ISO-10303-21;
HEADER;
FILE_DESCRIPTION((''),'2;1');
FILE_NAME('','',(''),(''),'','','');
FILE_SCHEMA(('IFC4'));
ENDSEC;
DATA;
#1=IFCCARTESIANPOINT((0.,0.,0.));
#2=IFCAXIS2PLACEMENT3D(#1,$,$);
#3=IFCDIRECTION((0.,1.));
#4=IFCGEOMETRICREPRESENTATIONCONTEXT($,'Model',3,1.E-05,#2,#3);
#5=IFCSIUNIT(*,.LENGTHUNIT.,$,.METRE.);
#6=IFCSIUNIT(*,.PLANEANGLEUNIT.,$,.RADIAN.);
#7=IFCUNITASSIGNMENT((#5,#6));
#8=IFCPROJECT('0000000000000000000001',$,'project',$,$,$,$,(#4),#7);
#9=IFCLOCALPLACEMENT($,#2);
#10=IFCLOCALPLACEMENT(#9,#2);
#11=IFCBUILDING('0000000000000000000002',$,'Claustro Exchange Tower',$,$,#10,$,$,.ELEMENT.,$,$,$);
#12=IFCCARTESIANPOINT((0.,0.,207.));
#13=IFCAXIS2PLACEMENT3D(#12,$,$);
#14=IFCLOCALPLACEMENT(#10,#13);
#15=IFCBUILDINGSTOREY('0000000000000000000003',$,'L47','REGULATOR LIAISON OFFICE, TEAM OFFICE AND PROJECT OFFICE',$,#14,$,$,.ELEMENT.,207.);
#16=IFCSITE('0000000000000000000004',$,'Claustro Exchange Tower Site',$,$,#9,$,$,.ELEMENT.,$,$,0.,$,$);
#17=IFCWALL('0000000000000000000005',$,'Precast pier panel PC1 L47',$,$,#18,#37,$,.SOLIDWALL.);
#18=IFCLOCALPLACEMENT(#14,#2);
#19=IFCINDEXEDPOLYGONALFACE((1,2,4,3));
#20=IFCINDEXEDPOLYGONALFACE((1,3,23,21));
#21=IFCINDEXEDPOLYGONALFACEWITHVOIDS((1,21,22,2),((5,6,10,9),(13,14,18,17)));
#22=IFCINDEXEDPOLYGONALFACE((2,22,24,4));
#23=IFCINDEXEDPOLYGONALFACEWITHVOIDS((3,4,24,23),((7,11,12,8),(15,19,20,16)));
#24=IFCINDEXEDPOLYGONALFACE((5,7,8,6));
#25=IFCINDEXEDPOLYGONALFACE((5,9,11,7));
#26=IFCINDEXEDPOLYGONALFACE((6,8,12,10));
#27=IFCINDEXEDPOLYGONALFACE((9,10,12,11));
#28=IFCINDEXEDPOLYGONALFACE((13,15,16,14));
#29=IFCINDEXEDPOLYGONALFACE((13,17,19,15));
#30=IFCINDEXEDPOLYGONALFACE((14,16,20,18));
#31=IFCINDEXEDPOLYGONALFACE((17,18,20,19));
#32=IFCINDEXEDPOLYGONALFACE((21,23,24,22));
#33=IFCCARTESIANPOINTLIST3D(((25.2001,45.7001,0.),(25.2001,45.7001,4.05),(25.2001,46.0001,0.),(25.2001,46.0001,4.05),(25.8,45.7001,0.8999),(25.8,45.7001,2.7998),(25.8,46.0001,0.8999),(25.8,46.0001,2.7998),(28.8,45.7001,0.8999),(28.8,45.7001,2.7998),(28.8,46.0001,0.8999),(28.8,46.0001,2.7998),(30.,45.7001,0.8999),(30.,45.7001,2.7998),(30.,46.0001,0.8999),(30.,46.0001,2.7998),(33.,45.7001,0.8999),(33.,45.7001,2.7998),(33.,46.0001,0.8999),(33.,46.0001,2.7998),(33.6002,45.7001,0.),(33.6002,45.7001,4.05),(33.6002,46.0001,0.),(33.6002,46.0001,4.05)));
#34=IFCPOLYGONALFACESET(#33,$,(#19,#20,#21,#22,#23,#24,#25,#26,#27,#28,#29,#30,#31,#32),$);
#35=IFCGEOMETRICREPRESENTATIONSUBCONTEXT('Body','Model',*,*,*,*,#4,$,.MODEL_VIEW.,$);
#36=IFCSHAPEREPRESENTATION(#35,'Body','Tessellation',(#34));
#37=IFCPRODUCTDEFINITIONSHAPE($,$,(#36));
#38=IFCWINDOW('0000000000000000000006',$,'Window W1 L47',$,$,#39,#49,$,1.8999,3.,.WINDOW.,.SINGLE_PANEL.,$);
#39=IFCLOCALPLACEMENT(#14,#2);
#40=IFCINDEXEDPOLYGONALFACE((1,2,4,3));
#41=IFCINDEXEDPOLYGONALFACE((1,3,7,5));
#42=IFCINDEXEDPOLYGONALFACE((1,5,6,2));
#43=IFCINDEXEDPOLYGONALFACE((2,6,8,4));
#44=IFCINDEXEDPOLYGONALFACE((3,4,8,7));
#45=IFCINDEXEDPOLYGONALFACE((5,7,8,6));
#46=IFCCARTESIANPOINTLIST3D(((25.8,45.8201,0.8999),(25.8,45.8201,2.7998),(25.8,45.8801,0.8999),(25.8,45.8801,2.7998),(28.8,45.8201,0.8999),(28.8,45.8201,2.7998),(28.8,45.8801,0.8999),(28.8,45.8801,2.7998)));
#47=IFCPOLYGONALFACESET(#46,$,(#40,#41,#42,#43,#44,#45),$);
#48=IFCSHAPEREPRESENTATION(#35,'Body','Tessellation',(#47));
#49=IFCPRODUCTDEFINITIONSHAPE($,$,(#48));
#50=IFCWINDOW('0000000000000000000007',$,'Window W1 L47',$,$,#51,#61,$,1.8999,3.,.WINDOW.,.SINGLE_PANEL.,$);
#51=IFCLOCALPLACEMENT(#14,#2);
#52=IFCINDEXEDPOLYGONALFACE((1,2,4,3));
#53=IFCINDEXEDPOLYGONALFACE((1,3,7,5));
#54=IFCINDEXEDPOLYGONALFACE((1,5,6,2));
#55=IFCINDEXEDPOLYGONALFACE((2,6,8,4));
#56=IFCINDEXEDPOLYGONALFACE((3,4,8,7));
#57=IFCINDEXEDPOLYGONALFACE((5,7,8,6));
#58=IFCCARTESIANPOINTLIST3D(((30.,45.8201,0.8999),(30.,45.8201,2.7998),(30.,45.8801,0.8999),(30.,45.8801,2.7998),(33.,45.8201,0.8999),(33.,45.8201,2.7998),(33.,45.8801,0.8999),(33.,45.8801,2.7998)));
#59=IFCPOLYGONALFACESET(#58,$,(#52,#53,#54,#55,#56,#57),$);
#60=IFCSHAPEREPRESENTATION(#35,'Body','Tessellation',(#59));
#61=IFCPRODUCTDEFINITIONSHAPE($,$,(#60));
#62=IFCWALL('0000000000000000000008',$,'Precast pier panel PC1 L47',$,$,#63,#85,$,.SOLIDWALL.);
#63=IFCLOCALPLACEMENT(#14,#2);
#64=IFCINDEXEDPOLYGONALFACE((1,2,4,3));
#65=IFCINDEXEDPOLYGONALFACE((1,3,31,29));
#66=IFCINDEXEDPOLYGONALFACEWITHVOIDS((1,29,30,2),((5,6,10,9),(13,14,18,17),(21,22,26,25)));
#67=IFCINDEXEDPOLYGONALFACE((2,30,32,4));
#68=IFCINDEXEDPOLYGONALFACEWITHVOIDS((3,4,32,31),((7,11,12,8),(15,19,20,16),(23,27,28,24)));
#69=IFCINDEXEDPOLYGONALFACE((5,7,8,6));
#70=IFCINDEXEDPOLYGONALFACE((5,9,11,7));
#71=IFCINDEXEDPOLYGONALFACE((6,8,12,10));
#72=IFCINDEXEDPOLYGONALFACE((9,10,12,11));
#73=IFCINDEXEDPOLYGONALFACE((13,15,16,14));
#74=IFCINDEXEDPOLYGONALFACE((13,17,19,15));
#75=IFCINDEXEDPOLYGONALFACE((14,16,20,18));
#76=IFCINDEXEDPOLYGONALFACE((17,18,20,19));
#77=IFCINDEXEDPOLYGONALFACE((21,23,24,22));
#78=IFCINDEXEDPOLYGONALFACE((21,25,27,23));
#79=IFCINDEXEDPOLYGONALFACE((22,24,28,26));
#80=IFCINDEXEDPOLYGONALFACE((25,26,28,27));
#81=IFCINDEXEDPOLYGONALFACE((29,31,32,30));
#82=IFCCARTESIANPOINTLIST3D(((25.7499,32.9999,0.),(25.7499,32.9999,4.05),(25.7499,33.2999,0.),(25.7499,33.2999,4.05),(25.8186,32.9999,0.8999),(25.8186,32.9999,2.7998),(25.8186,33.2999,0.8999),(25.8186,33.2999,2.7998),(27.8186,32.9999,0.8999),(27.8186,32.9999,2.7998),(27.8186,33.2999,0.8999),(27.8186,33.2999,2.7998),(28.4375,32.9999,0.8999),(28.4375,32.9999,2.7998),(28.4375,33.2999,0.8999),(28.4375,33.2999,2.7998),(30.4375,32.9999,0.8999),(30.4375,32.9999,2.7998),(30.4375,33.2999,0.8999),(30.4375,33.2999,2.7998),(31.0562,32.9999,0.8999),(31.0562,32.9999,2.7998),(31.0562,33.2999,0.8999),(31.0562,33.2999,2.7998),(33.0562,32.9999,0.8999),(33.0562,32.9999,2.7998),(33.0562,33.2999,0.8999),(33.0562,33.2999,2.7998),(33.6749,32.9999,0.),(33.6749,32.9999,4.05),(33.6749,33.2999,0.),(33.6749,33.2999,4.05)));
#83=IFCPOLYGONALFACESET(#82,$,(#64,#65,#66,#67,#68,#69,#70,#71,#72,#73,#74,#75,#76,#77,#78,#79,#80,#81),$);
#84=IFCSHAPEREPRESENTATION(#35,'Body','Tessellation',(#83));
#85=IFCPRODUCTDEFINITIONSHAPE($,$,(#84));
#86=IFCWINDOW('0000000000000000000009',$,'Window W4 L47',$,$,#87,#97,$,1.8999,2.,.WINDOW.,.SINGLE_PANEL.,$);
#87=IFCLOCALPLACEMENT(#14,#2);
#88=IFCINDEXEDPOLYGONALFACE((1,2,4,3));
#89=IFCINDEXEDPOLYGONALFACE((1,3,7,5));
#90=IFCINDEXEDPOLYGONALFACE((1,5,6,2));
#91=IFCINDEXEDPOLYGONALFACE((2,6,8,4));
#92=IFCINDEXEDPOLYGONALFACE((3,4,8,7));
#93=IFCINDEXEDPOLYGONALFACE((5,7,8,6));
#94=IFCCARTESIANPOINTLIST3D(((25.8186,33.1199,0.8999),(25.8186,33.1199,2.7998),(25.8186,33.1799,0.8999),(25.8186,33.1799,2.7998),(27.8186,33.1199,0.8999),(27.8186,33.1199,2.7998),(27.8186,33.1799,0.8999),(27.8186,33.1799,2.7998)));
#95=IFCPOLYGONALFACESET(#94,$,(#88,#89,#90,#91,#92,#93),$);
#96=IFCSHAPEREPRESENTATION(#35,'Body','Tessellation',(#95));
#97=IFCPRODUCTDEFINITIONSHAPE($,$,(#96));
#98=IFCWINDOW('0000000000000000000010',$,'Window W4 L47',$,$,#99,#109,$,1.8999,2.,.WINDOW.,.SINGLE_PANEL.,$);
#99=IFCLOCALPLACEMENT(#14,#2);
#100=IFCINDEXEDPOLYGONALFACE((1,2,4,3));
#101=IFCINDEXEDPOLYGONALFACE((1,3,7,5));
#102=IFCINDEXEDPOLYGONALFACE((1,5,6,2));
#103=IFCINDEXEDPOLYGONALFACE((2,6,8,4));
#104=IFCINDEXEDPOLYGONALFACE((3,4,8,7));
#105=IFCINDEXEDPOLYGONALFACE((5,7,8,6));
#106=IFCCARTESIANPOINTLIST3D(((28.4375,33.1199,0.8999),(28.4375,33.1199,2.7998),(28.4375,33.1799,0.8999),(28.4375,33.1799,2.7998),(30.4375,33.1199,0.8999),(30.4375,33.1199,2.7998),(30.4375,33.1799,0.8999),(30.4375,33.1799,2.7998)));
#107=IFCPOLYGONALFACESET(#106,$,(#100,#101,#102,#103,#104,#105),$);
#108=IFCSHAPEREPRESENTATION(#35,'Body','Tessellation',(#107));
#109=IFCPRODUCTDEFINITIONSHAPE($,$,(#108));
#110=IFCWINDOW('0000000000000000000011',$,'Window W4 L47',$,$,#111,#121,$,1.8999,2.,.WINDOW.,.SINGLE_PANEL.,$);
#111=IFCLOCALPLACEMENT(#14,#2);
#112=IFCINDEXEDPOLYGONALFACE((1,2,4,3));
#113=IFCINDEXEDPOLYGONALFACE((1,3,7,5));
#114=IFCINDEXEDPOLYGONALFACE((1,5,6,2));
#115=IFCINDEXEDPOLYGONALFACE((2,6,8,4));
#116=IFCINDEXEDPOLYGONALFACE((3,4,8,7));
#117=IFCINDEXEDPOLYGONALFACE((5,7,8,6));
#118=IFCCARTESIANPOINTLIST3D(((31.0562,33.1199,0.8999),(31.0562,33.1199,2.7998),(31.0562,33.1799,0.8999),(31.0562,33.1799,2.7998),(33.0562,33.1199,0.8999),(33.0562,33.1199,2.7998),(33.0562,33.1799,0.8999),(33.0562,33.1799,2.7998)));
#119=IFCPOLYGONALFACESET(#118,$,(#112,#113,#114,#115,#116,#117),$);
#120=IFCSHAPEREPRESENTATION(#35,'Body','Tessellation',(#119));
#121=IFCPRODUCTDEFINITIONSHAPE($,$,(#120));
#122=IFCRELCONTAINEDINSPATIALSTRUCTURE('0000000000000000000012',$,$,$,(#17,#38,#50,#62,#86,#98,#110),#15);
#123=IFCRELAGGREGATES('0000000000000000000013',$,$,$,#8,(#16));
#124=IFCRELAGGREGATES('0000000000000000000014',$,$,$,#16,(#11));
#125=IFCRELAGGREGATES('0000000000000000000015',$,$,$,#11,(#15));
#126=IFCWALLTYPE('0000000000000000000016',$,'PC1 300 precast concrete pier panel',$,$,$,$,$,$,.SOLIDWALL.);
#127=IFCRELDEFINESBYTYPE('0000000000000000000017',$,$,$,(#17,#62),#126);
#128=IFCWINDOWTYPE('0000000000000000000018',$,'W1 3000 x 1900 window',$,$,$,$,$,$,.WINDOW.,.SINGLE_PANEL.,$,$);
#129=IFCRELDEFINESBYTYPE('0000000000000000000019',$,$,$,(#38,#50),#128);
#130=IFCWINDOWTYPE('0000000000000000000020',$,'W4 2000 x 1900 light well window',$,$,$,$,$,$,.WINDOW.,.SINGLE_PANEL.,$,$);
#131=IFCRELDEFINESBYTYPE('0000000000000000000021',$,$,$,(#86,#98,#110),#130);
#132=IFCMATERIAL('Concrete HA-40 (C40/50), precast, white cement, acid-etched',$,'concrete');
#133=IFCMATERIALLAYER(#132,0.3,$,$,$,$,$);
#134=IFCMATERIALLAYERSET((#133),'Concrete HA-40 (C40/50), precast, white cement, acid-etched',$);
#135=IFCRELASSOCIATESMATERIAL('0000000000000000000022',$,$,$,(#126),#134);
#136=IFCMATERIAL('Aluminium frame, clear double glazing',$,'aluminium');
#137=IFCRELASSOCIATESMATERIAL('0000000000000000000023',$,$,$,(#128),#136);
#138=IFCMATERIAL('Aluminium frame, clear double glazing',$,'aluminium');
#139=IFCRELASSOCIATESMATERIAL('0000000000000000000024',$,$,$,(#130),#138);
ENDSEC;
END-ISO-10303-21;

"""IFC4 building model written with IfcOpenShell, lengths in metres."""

from ifc_helpers import new_model, si_unit, direction, frame, frame_2d, origin, place, context, subcontext, project, spatial, rectangle, extrude, material, layer, layer_set, type_object, element, fill, save


model = new_model("IFC4")

# Units and contexts
model_context = context("Model", 3, precision=1e-05, world=origin(), true_north=direction((0.0, 1.0)))
body_context = subcontext(model_context, "Body", "Model", "MODEL_VIEW")
ifc_project = project(units=[si_unit("LENGTHUNIT", "METRE"), si_unit("PLANEANGLEUNIT", "RADIAN")], contexts=[model_context])

# Site, building, storey
site_placement = place(None, origin())
site = spatial("IfcSite", under=ifc_project, at=site_placement, Name="Claustro Exchange Tower Site", CompositionType="ELEMENT", RefElevation=0.0)
building_placement = place(site_placement, origin())
building = spatial("IfcBuilding", under=site, at=building_placement, Name="Claustro Exchange Tower", CompositionType="ELEMENT")
storey_placement = place(building_placement, frame((0.0, 0.0, 207.0)))
storey = spatial("IfcBuildingStorey", under=building, at=storey_placement, Name="L47", Description="REGULATOR LIAISON OFFICE, TEAM OFFICE AND PROJECT OFFICE", CompositionType="ELEMENT", Elevation=207.0)

# Walls, openings, windows
ifc_material_1 = material(Name="Concrete HA-40 (C40/50), precast, white cement, acid-etched", Category="concrete")
ifc_layer_1 = layer(ifc_material_1, 0.3)
ifc_layer_set_1 = layer_set([ifc_layer_1], Name="Concrete HA-40 (C40/50), precast, white cement, acid-etched")
wall_type_1 = type_object("IfcWallType", Name="PC1 300 precast concrete pier panel", PredefinedType="SOLIDWALL", material=ifc_layer_set_1)
wall_1_placement = place(storey_placement, frame((25.2, 45.8501, 0.0), z_axis=(0.0, 0.0, 1.0), x_axis=(1.0, 0.0, 0.0)))
wall_1 = element("IfcWall", 1, at=wall_1_placement, inside=storey, type_object=wall_type_1, Name="Precast pier panel PC1 L47", PredefinedType="SOLIDWALL", context=body_context, shape_type="SweptSolid", body=[
    extrude(rectangle(XDim=8.4001, YDim=0.3, at=frame_2d((4.2002, 0.0))), origin(), (0.0, 0.0, 1.0), 4.05),
])
opening_1_placement = place(wall_1_placement, frame((0.6001, 0.0, 0.8999)))
opening_1 = element("IfcOpeningElement", 2, at=opening_1_placement, cuts=wall_1, PredefinedType="OPENING", context=body_context, shape_type="SweptSolid", body=[
    extrude(rectangle(XDim=3.0, YDim=1.8999, at=frame_2d((1.5, 0.95))), frame((0.0, 0.1599, 0.0), z_axis=(0.0, -1.0, 0.0), x_axis=(1.0, 0.0, 0.0)), (0.0, 0.0, 1.0), 0.3201),
])
opening_2_placement = place(wall_1_placement, frame((4.8, 0.0, 0.8999)))
opening_2 = element("IfcOpeningElement", 3, at=opening_2_placement, cuts=wall_1, PredefinedType="OPENING", context=body_context, shape_type="SweptSolid", body=[
    extrude(rectangle(XDim=3.0, YDim=1.8999, at=frame_2d((1.5, 0.95))), frame((0.0, 0.1599, 0.0), z_axis=(0.0, -1.0, 0.0), x_axis=(1.0, 0.0, 0.0)), (0.0, 0.0, 1.0), 0.3201),
])
ifc_material_2 = material(Name="Aluminium frame, clear double glazing", Category="aluminium")
window_type_1 = type_object("IfcWindowType", Name="W1 3000 x 1900 window", PartitioningType="SINGLE_PANEL", PredefinedType="WINDOW", material=ifc_material_2)
window_1_placement = place(opening_1_placement, origin())
window_1 = element("IfcWindow", 4, at=window_1_placement, inside=storey, type_object=window_type_1, Name="Window W1 L47", OverallHeight=1.8999, OverallWidth=3.0, PartitioningType="SINGLE_PANEL", PredefinedType="WINDOW", context=body_context, shape_type="SweptSolid", body=[
    extrude(rectangle(XDim=3.0, YDim=1.8999, at=frame_2d((1.5, 0.95))), frame((0.0, 0.03, 0.0), z_axis=(0.0, -1.0, 0.0), x_axis=(1.0, 0.0, 0.0)), (0.0, 0.0, 1.0), 0.0601),
])
fill(opening_1, window_1)
window_2_placement = place(opening_2_placement, origin())
window_2 = element("IfcWindow", 5, at=window_2_placement, inside=storey, type_object=window_type_1, Name="Window W1 L47", OverallHeight=1.8999, OverallWidth=3.0, PartitioningType="SINGLE_PANEL", PredefinedType="WINDOW", context=body_context, shape_type="SweptSolid", body=[
    extrude(rectangle(XDim=3.0, YDim=1.8999, at=frame_2d((1.5, 0.95))), frame((0.0, 0.03, 0.0), z_axis=(0.0, -1.0, 0.0), x_axis=(1.0, 0.0, 0.0)), (0.0, 0.0, 1.0), 0.0601),
])
fill(opening_2, window_2)
wall_2_placement = place(storey_placement, frame((25.75, 33.1499, 0.0), z_axis=(0.0, 0.0, 1.0), x_axis=(1.0, 0.0, 0.0)))
wall_2 = element("IfcWall", 6, at=wall_2_placement, inside=storey, type_object=wall_type_1, Name="Precast pier panel PC1 L47", PredefinedType="SOLIDWALL", context=body_context, shape_type="SweptSolid", body=[
    extrude(rectangle(XDim=7.925, YDim=0.3, at=frame_2d((3.9624, 0.0))), origin(), (0.0, 0.0, 1.0), 4.05),
])
opening_3_placement = place(wall_2_placement, frame((0.0686, 0.0, 0.8999)))
opening_3 = element("IfcOpeningElement", 7, at=opening_3_placement, cuts=wall_2, PredefinedType="OPENING", context=body_context, shape_type="SweptSolid", body=[
    extrude(rectangle(XDim=2.0, YDim=1.8999, at=frame_2d((1.0, 0.95))), frame((0.0, 0.1599, 0.0), z_axis=(0.0, -1.0, 0.0), x_axis=(1.0, 0.0, 0.0)), (0.0, 0.0, 1.0), 0.3201),
])
opening_4_placement = place(wall_2_placement, frame((2.6875, 0.0, 0.8999)))
opening_4 = element("IfcOpeningElement", 8, at=opening_4_placement, cuts=wall_2, PredefinedType="OPENING", context=body_context, shape_type="SweptSolid", body=[
    extrude(rectangle(XDim=2.0, YDim=1.8999, at=frame_2d((1.0, 0.95))), frame((0.0, 0.1599, 0.0), z_axis=(0.0, -1.0, 0.0), x_axis=(1.0, 0.0, 0.0)), (0.0, 0.0, 1.0), 0.3201),
])
opening_5_placement = place(wall_2_placement, frame((5.3062, 0.0, 0.8999)))
opening_5 = element("IfcOpeningElement", 9, at=opening_5_placement, cuts=wall_2, PredefinedType="OPENING", context=body_context, shape_type="SweptSolid", body=[
    extrude(rectangle(XDim=2.0, YDim=1.8999, at=frame_2d((1.0, 0.95))), frame((0.0, 0.1599, 0.0), z_axis=(0.0, -1.0, 0.0), x_axis=(1.0, 0.0, 0.0)), (0.0, 0.0, 1.0), 0.3201),
])
ifc_material_3 = material(Name="Aluminium frame, clear double glazing", Category="aluminium")
window_type_2 = type_object("IfcWindowType", Name="W4 2000 x 1900 light well window", PartitioningType="SINGLE_PANEL", PredefinedType="WINDOW", material=ifc_material_3)
window_3_placement = place(opening_3_placement, origin())
window_3 = element("IfcWindow", 10, at=window_3_placement, inside=storey, type_object=window_type_2, Name="Window W4 L47", OverallHeight=1.8999, OverallWidth=2.0, PartitioningType="SINGLE_PANEL", PredefinedType="WINDOW", context=body_context, shape_type="SweptSolid", body=[
    extrude(rectangle(XDim=2.0, YDim=1.8999, at=frame_2d((1.0, 0.95))), frame((0.0, 0.03, 0.0), z_axis=(0.0, -1.0, 0.0), x_axis=(1.0, 0.0, 0.0)), (0.0, 0.0, 1.0), 0.0601),
])
fill(opening_3, window_3)
window_4_placement = place(opening_4_placement, origin())
window_4 = element("IfcWindow", 11, at=window_4_placement, inside=storey, type_object=window_type_2, Name="Window W4 L47", OverallHeight=1.8999, OverallWidth=2.0, PartitioningType="SINGLE_PANEL", PredefinedType="WINDOW", context=body_context, shape_type="SweptSolid", body=[
    extrude(rectangle(XDim=2.0, YDim=1.8999, at=frame_2d((1.0, 0.95))), frame((0.0, 0.03, 0.0), z_axis=(0.0, -1.0, 0.0), x_axis=(1.0, 0.0, 0.0)), (0.0, 0.0, 1.0), 0.0601),
])
fill(opening_4, window_4)
window_5_placement = place(opening_5_placement, origin())
window_5 = element("IfcWindow", 12, at=window_5_placement, inside=storey, type_object=window_type_2, Name="Window W4 L47", OverallHeight=1.8999, OverallWidth=2.0, PartitioningType="SINGLE_PANEL", PredefinedType="WINDOW", context=body_context, shape_type="SweptSolid", body=[
    extrude(rectangle(XDim=2.0, YDim=1.8999, at=frame_2d((1.0, 0.95))), frame((0.0, 0.03, 0.0), z_axis=(0.0, -1.0, 0.0), x_axis=(1.0, 0.0, 0.0)), (0.0, 0.0, 1.0), 0.0601),
])
fill(opening_5, window_5)

save(model, "model.ifc")
